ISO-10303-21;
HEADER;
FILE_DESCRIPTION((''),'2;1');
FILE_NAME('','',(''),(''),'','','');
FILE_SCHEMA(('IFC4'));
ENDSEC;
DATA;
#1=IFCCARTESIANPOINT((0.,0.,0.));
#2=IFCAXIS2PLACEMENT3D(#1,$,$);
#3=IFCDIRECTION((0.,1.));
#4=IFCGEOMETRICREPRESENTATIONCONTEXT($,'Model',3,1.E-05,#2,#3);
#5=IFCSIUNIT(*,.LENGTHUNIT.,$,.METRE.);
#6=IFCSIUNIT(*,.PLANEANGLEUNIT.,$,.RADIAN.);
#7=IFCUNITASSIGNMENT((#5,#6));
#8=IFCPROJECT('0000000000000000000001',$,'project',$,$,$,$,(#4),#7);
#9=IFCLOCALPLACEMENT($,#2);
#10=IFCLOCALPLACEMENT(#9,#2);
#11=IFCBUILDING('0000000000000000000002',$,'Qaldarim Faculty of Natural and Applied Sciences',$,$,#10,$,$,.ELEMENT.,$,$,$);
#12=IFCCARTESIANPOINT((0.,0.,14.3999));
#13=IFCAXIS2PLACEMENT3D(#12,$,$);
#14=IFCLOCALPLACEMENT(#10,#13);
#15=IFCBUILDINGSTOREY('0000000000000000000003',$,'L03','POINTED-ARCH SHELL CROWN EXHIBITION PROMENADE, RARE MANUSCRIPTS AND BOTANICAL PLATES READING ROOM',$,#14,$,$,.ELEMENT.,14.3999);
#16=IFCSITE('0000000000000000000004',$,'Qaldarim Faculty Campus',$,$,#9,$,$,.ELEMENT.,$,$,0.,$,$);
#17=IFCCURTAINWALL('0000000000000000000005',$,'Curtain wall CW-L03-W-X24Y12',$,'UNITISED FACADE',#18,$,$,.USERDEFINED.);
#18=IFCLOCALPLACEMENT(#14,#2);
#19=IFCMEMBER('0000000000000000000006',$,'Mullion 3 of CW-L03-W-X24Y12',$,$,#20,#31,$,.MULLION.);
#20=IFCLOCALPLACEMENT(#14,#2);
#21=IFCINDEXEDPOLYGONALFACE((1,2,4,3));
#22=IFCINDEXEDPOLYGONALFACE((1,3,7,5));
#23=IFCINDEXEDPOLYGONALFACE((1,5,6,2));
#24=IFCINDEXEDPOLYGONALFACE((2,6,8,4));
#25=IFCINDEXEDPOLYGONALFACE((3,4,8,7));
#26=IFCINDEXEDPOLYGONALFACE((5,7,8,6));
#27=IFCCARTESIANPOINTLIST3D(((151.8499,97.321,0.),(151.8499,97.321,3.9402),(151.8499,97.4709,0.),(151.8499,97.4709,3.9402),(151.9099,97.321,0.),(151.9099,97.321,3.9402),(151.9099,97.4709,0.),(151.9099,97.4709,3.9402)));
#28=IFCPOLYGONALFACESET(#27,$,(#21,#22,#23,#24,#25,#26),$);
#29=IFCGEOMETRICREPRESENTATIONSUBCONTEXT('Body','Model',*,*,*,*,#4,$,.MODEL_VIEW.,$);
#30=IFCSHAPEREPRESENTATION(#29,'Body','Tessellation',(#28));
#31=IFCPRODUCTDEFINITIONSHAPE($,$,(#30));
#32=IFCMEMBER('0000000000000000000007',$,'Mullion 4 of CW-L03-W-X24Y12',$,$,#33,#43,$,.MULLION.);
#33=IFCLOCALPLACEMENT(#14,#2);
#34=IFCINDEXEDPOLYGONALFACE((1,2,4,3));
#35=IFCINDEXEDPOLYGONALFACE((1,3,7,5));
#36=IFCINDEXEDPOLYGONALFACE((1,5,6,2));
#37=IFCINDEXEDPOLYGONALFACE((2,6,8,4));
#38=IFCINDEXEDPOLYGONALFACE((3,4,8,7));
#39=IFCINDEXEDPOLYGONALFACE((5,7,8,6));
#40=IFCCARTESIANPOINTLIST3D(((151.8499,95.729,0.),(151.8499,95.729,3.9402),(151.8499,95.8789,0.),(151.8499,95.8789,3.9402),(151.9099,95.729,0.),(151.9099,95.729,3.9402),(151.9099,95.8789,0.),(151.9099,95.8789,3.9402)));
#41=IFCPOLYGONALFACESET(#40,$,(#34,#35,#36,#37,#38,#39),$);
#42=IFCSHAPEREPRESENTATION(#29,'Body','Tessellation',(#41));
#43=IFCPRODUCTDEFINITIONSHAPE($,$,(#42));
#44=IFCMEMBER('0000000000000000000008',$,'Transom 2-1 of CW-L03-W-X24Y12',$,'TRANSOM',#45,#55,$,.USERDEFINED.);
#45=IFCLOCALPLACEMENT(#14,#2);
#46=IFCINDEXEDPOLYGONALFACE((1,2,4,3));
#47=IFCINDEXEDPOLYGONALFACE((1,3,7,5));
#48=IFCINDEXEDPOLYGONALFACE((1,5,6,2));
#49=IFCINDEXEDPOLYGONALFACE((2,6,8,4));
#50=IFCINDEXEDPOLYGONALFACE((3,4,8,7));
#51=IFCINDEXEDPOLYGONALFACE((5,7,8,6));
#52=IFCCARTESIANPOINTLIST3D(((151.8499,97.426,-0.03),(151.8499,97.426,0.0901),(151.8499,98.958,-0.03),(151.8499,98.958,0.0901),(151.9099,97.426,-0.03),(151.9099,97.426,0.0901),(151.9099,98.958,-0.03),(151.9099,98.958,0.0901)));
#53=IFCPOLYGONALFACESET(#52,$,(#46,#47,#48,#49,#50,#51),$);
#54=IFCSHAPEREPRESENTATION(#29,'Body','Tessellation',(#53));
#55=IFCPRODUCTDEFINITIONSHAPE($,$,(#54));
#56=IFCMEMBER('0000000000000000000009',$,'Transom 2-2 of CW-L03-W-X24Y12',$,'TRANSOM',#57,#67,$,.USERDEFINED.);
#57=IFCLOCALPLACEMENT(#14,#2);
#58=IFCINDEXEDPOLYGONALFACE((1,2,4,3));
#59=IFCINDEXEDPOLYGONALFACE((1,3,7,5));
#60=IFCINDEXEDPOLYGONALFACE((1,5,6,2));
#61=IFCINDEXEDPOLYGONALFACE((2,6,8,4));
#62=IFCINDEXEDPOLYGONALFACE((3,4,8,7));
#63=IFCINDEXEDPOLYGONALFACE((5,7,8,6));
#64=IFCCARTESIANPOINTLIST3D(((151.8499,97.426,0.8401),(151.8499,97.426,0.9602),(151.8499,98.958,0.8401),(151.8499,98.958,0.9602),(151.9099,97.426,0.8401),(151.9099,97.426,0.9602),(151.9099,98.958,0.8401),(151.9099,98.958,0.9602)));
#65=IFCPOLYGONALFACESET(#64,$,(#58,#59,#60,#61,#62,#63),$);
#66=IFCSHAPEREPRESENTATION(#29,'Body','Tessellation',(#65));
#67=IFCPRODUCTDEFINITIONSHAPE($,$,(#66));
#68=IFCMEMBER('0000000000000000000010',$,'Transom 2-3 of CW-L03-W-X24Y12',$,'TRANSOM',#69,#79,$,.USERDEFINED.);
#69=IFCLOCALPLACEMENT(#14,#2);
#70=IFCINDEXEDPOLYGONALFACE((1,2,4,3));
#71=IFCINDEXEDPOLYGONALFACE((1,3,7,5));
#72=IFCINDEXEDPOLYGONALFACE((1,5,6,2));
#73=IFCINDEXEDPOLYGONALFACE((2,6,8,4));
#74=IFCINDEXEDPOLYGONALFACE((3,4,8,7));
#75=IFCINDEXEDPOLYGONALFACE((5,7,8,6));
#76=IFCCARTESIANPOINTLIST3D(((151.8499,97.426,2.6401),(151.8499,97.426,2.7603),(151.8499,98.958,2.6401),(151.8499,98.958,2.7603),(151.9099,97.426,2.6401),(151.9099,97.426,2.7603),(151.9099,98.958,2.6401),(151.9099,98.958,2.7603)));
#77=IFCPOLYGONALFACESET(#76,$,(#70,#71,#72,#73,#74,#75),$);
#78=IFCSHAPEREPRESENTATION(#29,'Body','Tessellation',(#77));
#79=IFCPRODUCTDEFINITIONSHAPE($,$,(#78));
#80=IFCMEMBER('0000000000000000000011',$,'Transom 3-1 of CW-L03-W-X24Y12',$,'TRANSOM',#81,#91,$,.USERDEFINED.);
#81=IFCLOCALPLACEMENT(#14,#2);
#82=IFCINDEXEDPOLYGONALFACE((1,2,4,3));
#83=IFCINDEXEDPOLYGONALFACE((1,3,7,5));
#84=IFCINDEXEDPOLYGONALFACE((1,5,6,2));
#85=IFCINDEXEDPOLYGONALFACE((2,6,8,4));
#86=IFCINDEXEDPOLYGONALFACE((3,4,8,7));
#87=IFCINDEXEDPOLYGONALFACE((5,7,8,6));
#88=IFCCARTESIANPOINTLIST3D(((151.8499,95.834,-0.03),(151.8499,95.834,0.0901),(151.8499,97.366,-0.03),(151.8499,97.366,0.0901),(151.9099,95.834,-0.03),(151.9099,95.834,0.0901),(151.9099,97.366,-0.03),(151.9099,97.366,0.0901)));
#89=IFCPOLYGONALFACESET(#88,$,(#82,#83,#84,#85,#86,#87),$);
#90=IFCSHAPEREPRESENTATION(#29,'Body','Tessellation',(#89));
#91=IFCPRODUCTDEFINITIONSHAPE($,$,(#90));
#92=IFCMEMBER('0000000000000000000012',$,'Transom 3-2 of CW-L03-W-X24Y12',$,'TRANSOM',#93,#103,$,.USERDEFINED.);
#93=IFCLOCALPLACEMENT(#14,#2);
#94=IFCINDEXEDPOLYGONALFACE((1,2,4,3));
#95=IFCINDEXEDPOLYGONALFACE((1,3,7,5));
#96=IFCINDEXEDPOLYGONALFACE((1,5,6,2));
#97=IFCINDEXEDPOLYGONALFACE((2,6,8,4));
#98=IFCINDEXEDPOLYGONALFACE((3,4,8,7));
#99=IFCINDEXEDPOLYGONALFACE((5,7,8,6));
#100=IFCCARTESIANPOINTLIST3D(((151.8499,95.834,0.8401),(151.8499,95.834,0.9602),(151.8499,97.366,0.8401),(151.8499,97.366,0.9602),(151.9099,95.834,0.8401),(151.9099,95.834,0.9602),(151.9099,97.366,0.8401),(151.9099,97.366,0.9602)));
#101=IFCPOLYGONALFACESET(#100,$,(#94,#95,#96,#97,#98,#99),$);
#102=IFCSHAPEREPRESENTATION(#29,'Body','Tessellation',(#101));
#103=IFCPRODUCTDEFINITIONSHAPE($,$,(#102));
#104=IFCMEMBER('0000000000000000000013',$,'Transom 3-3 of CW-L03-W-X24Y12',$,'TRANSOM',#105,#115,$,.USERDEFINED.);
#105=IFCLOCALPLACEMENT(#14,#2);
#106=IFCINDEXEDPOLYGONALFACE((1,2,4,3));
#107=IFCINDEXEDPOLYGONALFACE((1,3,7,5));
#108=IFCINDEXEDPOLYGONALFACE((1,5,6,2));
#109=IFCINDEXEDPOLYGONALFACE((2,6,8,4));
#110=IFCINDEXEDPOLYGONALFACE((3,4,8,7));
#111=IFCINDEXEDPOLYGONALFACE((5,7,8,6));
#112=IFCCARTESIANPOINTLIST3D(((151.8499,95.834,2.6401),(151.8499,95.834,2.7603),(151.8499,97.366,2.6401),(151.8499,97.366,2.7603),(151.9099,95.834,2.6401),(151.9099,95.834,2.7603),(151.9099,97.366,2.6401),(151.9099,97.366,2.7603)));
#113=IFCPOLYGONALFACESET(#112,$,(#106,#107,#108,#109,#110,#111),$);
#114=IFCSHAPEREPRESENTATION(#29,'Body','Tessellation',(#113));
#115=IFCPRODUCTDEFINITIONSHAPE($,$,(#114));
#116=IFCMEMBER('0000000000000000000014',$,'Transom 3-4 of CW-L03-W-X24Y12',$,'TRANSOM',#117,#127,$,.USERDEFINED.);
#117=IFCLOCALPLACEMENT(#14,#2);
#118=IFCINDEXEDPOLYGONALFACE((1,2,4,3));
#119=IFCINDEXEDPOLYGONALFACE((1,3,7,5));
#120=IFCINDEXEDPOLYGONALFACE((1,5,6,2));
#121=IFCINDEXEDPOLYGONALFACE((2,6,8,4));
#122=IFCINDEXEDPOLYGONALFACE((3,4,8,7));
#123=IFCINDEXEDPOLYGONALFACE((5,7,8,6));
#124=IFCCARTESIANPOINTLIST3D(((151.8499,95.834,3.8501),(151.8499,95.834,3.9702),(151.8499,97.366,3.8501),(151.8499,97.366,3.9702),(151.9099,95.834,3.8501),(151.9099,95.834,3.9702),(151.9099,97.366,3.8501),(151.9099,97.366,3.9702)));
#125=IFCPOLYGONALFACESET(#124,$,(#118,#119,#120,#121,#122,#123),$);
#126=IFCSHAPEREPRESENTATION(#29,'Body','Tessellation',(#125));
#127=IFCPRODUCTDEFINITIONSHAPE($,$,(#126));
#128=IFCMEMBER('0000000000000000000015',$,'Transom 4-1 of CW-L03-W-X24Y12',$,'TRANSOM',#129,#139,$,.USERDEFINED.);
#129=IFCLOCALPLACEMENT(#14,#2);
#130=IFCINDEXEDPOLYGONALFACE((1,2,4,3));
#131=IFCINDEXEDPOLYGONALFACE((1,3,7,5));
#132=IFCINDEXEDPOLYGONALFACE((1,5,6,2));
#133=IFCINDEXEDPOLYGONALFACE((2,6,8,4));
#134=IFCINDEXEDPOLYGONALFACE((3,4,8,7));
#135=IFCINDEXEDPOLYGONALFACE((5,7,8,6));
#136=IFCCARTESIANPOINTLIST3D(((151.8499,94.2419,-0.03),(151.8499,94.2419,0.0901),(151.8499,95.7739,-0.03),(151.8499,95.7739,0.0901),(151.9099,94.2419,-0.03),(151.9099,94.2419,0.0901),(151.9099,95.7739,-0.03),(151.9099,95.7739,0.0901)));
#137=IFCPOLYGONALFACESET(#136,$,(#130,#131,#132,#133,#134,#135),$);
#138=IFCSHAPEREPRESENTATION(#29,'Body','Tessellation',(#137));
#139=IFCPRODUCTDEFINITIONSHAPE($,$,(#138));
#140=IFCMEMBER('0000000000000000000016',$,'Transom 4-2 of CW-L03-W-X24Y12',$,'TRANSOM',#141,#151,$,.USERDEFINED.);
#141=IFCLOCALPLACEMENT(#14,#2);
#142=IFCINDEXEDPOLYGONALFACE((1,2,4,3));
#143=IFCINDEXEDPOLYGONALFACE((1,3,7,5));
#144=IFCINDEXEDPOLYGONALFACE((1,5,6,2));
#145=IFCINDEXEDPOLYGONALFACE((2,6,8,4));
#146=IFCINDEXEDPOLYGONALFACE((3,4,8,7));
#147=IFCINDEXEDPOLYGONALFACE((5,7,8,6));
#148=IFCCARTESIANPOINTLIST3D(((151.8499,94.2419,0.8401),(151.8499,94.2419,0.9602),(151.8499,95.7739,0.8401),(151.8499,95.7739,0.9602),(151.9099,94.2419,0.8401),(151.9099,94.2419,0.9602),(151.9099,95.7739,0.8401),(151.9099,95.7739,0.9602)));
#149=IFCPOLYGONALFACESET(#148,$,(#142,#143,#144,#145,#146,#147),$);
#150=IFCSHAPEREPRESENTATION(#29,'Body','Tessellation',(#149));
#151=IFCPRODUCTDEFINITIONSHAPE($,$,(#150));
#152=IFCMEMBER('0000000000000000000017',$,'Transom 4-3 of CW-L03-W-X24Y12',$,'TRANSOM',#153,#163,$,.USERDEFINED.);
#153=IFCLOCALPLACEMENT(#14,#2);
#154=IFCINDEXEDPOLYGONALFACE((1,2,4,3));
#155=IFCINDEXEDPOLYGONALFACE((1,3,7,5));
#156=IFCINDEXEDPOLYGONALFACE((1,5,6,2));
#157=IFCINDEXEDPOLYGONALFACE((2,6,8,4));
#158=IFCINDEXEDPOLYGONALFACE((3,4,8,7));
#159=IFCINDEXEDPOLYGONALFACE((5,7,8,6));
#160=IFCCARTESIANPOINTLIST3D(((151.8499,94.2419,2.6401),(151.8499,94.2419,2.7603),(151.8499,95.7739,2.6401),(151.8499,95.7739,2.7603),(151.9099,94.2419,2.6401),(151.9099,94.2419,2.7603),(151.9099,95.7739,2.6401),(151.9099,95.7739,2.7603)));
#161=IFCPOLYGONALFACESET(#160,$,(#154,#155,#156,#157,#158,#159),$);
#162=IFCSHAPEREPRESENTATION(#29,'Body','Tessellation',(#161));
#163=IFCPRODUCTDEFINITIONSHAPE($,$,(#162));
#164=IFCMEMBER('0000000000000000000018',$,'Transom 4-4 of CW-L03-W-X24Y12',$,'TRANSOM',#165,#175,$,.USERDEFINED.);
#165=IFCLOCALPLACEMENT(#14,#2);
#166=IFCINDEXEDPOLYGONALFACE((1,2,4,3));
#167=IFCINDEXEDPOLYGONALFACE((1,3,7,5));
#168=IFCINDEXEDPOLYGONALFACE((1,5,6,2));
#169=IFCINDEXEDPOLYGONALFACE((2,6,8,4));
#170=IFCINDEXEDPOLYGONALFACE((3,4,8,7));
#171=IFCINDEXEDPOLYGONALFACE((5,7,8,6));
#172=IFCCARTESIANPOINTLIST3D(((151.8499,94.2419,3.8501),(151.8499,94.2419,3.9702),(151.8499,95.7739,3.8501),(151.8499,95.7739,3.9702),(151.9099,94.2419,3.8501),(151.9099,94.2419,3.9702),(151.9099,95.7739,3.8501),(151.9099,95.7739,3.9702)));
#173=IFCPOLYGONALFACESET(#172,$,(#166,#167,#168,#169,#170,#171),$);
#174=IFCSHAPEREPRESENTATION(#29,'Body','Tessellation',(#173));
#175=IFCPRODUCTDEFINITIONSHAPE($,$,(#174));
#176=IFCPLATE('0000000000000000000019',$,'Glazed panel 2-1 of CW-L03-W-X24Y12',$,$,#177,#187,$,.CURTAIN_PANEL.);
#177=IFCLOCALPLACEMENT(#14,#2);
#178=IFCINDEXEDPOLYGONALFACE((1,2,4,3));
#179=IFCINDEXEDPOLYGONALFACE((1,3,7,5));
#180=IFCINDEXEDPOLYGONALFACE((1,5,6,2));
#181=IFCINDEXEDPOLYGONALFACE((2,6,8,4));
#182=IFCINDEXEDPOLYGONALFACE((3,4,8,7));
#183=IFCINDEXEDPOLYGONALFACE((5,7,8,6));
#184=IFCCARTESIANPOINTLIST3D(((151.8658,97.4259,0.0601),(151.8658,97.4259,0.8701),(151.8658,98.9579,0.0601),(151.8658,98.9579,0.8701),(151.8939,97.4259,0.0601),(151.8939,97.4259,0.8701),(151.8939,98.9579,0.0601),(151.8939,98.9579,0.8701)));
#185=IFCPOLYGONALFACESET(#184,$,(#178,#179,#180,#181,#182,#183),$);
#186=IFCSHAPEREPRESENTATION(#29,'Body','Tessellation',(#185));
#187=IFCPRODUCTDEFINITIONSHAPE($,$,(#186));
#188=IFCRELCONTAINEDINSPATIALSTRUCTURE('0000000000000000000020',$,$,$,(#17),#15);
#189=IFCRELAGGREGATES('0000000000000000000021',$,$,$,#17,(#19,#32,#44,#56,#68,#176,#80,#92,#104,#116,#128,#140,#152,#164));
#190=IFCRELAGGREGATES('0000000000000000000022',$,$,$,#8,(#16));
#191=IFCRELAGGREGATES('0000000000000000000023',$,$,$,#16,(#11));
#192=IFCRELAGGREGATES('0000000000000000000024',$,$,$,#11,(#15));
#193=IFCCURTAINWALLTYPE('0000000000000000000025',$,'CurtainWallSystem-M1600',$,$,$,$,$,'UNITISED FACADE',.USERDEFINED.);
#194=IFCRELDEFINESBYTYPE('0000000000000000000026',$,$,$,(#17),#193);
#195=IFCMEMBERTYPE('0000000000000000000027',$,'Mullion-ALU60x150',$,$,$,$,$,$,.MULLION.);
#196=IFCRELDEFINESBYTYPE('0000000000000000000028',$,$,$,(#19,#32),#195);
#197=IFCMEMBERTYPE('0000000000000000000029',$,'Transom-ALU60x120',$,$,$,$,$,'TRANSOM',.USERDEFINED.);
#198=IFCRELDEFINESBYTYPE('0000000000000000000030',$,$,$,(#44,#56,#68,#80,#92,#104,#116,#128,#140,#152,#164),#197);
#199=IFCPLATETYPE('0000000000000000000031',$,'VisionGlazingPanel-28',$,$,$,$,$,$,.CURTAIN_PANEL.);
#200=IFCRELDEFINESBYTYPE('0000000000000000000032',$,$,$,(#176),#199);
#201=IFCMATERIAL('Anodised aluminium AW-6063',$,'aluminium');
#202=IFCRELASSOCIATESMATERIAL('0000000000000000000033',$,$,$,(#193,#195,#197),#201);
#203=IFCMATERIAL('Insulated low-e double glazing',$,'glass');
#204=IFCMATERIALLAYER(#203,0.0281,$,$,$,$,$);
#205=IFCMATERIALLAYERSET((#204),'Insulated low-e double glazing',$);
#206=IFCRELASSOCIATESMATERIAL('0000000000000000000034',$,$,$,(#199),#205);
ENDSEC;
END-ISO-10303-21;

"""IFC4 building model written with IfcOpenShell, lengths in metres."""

from ifc_helpers import new_model, si_unit, direction, frame, origin, origin_2d, place, context, subcontext, project, spatial, rectangle, extrude, material, layer, layer_set, material_profile, profile_set, type_object, element, aggregate, save


model = new_model("IFC4")

# Units and contexts
model_context = context("Model", 3, precision=1e-05, world=origin(), true_north=direction((0.0, 1.0)))
body_context = subcontext(model_context, "Body", "Model", "MODEL_VIEW")
ifc_project = project(units=[si_unit("LENGTHUNIT", "METRE"), si_unit("PLANEANGLEUNIT", "RADIAN")], contexts=[model_context])

# Site, building, storey
site_placement = place(None, origin())
site = spatial("IfcSite", under=ifc_project, at=site_placement, Name="Qaldarim Faculty Campus", CompositionType="ELEMENT", RefElevation=0.0)
building_placement = place(site_placement, origin())
building = spatial("IfcBuilding", under=site, at=building_placement, Name="Qaldarim Faculty of Natural and Applied Sciences", CompositionType="ELEMENT")
storey_placement = place(building_placement, frame((0.0, 0.0, 14.3999)))
storey = spatial("IfcBuildingStorey", under=building, at=storey_placement, Name="L03", Description="POINTED-ARCH SHELL CROWN EXHIBITION PROMENADE, RARE MANUSCRIPTS AND BOTANICAL PLATES READING ROOM", CompositionType="ELEMENT", Elevation=14.3999)

# Curtain wall, members, plate
ifc_material_1 = material(Name="Anodised aluminium AW-6063", Category="aluminium")
curtain_wall_type = type_object("IfcCurtainWallType", Name="CurtainWallSystem-M1600", ElementType="UNITISED FACADE", PredefinedType="USERDEFINED", material=ifc_material_1)
curtain_wall_placement = place(storey_placement, origin())
curtain_wall = element("IfcCurtainWall", 1, at=curtain_wall_placement, inside=storey, type_object=curtain_wall_type, Name="Curtain wall CW-L03-W-X24Y12", ObjectType="UNITISED FACADE", PredefinedType="USERDEFINED")
ifc_material_profile_1 = material_profile(ifc_material_1, rectangle(XDim=0.0601, YDim=0.1499, at=origin_2d()), Name="ALU-M60x150")
ifc_profile_set_1 = profile_set([ifc_material_profile_1], Name="Anodised aluminium AW-6063")
member_type_1 = type_object("IfcMemberType", Name="Mullion-ALU60x150", PredefinedType="MULLION", material=ifc_profile_set_1)
member_1_placement = place(storey_placement, frame((151.8799, 97.396, 0.0), z_axis=(0.0, 0.0, 1.0), x_axis=(1.0, 0.0, 0.0)))
member_1 = element("IfcMember", 2, at=member_1_placement, type_object=member_type_1, Name="Mullion 3 of CW-L03-W-X24Y12", PredefinedType="MULLION", context=body_context, shape_type="SweptSolid", body=[
    extrude(rectangle(XDim=0.0601, YDim=0.1499, at=origin_2d()), origin(), (0.0, 0.0, 1.0), 3.9402),
])
member_2_placement = place(storey_placement, frame((151.8799, 95.804, 0.0), z_axis=(0.0, 0.0, 1.0), x_axis=(1.0, 0.0, 0.0)))
member_2 = element("IfcMember", 3, at=member_2_placement, type_object=member_type_1, Name="Mullion 4 of CW-L03-W-X24Y12", PredefinedType="MULLION", context=body_context, shape_type="SweptSolid", body=[
    extrude(rectangle(XDim=0.0601, YDim=0.1499, at=origin_2d()), origin(), (0.0, 0.0, 1.0), 3.9402),
])
ifc_material_profile_2 = material_profile(ifc_material_1, rectangle(XDim=0.0601, YDim=0.1201, at=origin_2d()), Name="ALU-T60x120")
ifc_profile_set_2 = profile_set([ifc_material_profile_2], Name="Anodised aluminium AW-6063")
member_type_2 = type_object("IfcMemberType", Name="Transom-ALU60x120", ElementType="TRANSOM", PredefinedType="USERDEFINED", material=ifc_profile_set_2)
member_3_placement = place(storey_placement, frame((151.8799, 98.958, 0.03), z_axis=(0.0, -1.0, 0.0), x_axis=(1.0, 0.0, 0.0)))
member_3 = element("IfcMember", 4, at=member_3_placement, type_object=member_type_2, Name="Transom 2-1 of CW-L03-W-X24Y12", ObjectType="TRANSOM", PredefinedType="USERDEFINED", context=body_context, shape_type="SweptSolid", body=[
    extrude(rectangle(XDim=0.0601, YDim=0.1201, at=origin_2d()), origin(), (0.0, 0.0, 1.0), 1.532),
])
member_4_placement = place(storey_placement, frame((151.8799, 98.958, 0.9001), z_axis=(0.0, -1.0, 0.0), x_axis=(1.0, 0.0, 0.0)))
member_4 = element("IfcMember", 5, at=member_4_placement, type_object=member_type_2, Name="Transom 2-2 of CW-L03-W-X24Y12", ObjectType="TRANSOM", PredefinedType="USERDEFINED", context=body_context, shape_type="SweptSolid", body=[
    extrude(rectangle(XDim=0.0601, YDim=0.1201, at=origin_2d()), origin(), (0.0, 0.0, 1.0), 1.532),
])
member_5_placement = place(storey_placement, frame((151.8799, 98.958, 2.7002), z_axis=(0.0, -1.0, 0.0), x_axis=(1.0, 0.0, 0.0)))
member_5 = element("IfcMember", 6, at=member_5_placement, type_object=member_type_2, Name="Transom 2-3 of CW-L03-W-X24Y12", ObjectType="TRANSOM", PredefinedType="USERDEFINED", context=body_context, shape_type="SweptSolid", body=[
    extrude(rectangle(XDim=0.0601, YDim=0.1201, at=origin_2d()), origin(), (0.0, 0.0, 1.0), 1.532),
])
member_6_placement = place(storey_placement, frame((151.8799, 97.366, 0.03), z_axis=(0.0, -1.0, 0.0), x_axis=(1.0, 0.0, 0.0)))
member_6 = element("IfcMember", 7, at=member_6_placement, type_object=member_type_2, Name="Transom 3-1 of CW-L03-W-X24Y12", ObjectType="TRANSOM", PredefinedType="USERDEFINED", context=body_context, shape_type="SweptSolid", body=[
    extrude(rectangle(XDim=0.0601, YDim=0.1201, at=origin_2d()), origin(), (0.0, 0.0, 1.0), 1.532),
])
member_7_placement = place(storey_placement, frame((151.8799, 97.366, 0.9001), z_axis=(0.0, -1.0, 0.0), x_axis=(1.0, 0.0, 0.0)))
member_7 = element("IfcMember", 8, at=member_7_placement, type_object=member_type_2, Name="Transom 3-2 of CW-L03-W-X24Y12", ObjectType="TRANSOM", PredefinedType="USERDEFINED", context=body_context, shape_type="SweptSolid", body=[
    extrude(rectangle(XDim=0.0601, YDim=0.1201, at=origin_2d()), origin(), (0.0, 0.0, 1.0), 1.532),
])
member_8_placement = place(storey_placement, frame((151.8799, 97.366, 2.7002), z_axis=(0.0, -1.0, 0.0), x_axis=(1.0, 0.0, 0.0)))
member_8 = element("IfcMember", 9, at=member_8_placement, type_object=member_type_2, Name="Transom 3-3 of CW-L03-W-X24Y12", ObjectType="TRANSOM", PredefinedType="USERDEFINED", context=body_context, shape_type="SweptSolid", body=[
    extrude(rectangle(XDim=0.0601, YDim=0.1201, at=origin_2d()), origin(), (0.0, 0.0, 1.0), 1.532),
])
member_9_placement = place(storey_placement, frame((151.8799, 97.366, 3.9102), z_axis=(0.0, -1.0, 0.0), x_axis=(1.0, 0.0, 0.0)))
member_9 = element("IfcMember", 10, at=member_9_placement, type_object=member_type_2, Name="Transom 3-4 of CW-L03-W-X24Y12", ObjectType="TRANSOM", PredefinedType="USERDEFINED", context=body_context, shape_type="SweptSolid", body=[
    extrude(rectangle(XDim=0.0601, YDim=0.1201, at=origin_2d()), origin(), (0.0, 0.0, 1.0), 1.532),
])
member_10_placement = place(storey_placement, frame((151.8799, 95.7739, 0.03), z_axis=(0.0, -1.0, 0.0), x_axis=(1.0, 0.0, 0.0)))
member_10 = element("IfcMember", 11, at=member_10_placement, type_object=member_type_2, Name="Transom 4-1 of CW-L03-W-X24Y12", ObjectType="TRANSOM", PredefinedType="USERDEFINED", context=body_context, shape_type="SweptSolid", body=[
    extrude(rectangle(XDim=0.0601, YDim=0.1201, at=origin_2d()), origin(), (0.0, 0.0, 1.0), 1.532),
])
member_11_placement = place(storey_placement, frame((151.8799, 95.7739, 0.9001), z_axis=(0.0, -1.0, 0.0), x_axis=(1.0, 0.0, 0.0)))
member_11 = element("IfcMember", 12, at=member_11_placement, type_object=member_type_2, Name="Transom 4-2 of CW-L03-W-X24Y12", ObjectType="TRANSOM", PredefinedType="USERDEFINED", context=body_context, shape_type="SweptSolid", body=[
    extrude(rectangle(XDim=0.0601, YDim=0.1201, at=origin_2d()), origin(), (0.0, 0.0, 1.0), 1.532),
])
member_12_placement = place(storey_placement, frame((151.8799, 95.7739, 2.7002), z_axis=(0.0, -1.0, 0.0), x_axis=(1.0, 0.0, 0.0)))
member_12 = element("IfcMember", 13, at=member_12_placement, type_object=member_type_2, Name="Transom 4-3 of CW-L03-W-X24Y12", ObjectType="TRANSOM", PredefinedType="USERDEFINED", context=body_context, shape_type="SweptSolid", body=[
    extrude(rectangle(XDim=0.0601, YDim=0.1201, at=origin_2d()), origin(), (0.0, 0.0, 1.0), 1.532),
])
member_13_placement = place(storey_placement, frame((151.8799, 95.7739, 3.9102), z_axis=(0.0, -1.0, 0.0), x_axis=(1.0, 0.0, 0.0)))
member_13 = element("IfcMember", 14, at=member_13_placement, type_object=member_type_2, Name="Transom 4-4 of CW-L03-W-X24Y12", ObjectType="TRANSOM", PredefinedType="USERDEFINED", context=body_context, shape_type="SweptSolid", body=[
    extrude(rectangle(XDim=0.0601, YDim=0.1201, at=origin_2d()), origin(), (0.0, 0.0, 1.0), 1.532),
])
ifc_material_2 = material(Name="Insulated low-e double glazing", Category="glass")
ifc_layer_1 = layer(ifc_material_2, 0.0281)
ifc_layer_set_1 = layer_set([ifc_layer_1], Name="Insulated low-e double glazing")
plate_type = type_object("IfcPlateType", Name="VisionGlazingPanel-28", PredefinedType="CURTAIN_PANEL", material=ifc_layer_set_1)
plate_1_placement = place(storey_placement, frame((151.8799, 98.1919, 0.0601), z_axis=(0.0, 0.0, 1.0), x_axis=(0.0, -1.0, 0.0)))
plate_1 = element("IfcPlate", 15, at=plate_1_placement, type_object=plate_type, Name="Glazed panel 2-1 of CW-L03-W-X24Y12", PredefinedType="CURTAIN_PANEL", context=body_context, shape_type="SweptSolid", body=[
    extrude(rectangle(XDim=1.532, YDim=0.0281, at=origin_2d()), origin(), (0.0, 0.0, 1.0), 0.8101),
])
aggregate(curtain_wall, [member_1, member_2, member_3, member_4, member_5, plate_1, member_6, member_7, member_8, member_9, member_10, member_11, member_12, member_13])

save(model, "model.ifc")
